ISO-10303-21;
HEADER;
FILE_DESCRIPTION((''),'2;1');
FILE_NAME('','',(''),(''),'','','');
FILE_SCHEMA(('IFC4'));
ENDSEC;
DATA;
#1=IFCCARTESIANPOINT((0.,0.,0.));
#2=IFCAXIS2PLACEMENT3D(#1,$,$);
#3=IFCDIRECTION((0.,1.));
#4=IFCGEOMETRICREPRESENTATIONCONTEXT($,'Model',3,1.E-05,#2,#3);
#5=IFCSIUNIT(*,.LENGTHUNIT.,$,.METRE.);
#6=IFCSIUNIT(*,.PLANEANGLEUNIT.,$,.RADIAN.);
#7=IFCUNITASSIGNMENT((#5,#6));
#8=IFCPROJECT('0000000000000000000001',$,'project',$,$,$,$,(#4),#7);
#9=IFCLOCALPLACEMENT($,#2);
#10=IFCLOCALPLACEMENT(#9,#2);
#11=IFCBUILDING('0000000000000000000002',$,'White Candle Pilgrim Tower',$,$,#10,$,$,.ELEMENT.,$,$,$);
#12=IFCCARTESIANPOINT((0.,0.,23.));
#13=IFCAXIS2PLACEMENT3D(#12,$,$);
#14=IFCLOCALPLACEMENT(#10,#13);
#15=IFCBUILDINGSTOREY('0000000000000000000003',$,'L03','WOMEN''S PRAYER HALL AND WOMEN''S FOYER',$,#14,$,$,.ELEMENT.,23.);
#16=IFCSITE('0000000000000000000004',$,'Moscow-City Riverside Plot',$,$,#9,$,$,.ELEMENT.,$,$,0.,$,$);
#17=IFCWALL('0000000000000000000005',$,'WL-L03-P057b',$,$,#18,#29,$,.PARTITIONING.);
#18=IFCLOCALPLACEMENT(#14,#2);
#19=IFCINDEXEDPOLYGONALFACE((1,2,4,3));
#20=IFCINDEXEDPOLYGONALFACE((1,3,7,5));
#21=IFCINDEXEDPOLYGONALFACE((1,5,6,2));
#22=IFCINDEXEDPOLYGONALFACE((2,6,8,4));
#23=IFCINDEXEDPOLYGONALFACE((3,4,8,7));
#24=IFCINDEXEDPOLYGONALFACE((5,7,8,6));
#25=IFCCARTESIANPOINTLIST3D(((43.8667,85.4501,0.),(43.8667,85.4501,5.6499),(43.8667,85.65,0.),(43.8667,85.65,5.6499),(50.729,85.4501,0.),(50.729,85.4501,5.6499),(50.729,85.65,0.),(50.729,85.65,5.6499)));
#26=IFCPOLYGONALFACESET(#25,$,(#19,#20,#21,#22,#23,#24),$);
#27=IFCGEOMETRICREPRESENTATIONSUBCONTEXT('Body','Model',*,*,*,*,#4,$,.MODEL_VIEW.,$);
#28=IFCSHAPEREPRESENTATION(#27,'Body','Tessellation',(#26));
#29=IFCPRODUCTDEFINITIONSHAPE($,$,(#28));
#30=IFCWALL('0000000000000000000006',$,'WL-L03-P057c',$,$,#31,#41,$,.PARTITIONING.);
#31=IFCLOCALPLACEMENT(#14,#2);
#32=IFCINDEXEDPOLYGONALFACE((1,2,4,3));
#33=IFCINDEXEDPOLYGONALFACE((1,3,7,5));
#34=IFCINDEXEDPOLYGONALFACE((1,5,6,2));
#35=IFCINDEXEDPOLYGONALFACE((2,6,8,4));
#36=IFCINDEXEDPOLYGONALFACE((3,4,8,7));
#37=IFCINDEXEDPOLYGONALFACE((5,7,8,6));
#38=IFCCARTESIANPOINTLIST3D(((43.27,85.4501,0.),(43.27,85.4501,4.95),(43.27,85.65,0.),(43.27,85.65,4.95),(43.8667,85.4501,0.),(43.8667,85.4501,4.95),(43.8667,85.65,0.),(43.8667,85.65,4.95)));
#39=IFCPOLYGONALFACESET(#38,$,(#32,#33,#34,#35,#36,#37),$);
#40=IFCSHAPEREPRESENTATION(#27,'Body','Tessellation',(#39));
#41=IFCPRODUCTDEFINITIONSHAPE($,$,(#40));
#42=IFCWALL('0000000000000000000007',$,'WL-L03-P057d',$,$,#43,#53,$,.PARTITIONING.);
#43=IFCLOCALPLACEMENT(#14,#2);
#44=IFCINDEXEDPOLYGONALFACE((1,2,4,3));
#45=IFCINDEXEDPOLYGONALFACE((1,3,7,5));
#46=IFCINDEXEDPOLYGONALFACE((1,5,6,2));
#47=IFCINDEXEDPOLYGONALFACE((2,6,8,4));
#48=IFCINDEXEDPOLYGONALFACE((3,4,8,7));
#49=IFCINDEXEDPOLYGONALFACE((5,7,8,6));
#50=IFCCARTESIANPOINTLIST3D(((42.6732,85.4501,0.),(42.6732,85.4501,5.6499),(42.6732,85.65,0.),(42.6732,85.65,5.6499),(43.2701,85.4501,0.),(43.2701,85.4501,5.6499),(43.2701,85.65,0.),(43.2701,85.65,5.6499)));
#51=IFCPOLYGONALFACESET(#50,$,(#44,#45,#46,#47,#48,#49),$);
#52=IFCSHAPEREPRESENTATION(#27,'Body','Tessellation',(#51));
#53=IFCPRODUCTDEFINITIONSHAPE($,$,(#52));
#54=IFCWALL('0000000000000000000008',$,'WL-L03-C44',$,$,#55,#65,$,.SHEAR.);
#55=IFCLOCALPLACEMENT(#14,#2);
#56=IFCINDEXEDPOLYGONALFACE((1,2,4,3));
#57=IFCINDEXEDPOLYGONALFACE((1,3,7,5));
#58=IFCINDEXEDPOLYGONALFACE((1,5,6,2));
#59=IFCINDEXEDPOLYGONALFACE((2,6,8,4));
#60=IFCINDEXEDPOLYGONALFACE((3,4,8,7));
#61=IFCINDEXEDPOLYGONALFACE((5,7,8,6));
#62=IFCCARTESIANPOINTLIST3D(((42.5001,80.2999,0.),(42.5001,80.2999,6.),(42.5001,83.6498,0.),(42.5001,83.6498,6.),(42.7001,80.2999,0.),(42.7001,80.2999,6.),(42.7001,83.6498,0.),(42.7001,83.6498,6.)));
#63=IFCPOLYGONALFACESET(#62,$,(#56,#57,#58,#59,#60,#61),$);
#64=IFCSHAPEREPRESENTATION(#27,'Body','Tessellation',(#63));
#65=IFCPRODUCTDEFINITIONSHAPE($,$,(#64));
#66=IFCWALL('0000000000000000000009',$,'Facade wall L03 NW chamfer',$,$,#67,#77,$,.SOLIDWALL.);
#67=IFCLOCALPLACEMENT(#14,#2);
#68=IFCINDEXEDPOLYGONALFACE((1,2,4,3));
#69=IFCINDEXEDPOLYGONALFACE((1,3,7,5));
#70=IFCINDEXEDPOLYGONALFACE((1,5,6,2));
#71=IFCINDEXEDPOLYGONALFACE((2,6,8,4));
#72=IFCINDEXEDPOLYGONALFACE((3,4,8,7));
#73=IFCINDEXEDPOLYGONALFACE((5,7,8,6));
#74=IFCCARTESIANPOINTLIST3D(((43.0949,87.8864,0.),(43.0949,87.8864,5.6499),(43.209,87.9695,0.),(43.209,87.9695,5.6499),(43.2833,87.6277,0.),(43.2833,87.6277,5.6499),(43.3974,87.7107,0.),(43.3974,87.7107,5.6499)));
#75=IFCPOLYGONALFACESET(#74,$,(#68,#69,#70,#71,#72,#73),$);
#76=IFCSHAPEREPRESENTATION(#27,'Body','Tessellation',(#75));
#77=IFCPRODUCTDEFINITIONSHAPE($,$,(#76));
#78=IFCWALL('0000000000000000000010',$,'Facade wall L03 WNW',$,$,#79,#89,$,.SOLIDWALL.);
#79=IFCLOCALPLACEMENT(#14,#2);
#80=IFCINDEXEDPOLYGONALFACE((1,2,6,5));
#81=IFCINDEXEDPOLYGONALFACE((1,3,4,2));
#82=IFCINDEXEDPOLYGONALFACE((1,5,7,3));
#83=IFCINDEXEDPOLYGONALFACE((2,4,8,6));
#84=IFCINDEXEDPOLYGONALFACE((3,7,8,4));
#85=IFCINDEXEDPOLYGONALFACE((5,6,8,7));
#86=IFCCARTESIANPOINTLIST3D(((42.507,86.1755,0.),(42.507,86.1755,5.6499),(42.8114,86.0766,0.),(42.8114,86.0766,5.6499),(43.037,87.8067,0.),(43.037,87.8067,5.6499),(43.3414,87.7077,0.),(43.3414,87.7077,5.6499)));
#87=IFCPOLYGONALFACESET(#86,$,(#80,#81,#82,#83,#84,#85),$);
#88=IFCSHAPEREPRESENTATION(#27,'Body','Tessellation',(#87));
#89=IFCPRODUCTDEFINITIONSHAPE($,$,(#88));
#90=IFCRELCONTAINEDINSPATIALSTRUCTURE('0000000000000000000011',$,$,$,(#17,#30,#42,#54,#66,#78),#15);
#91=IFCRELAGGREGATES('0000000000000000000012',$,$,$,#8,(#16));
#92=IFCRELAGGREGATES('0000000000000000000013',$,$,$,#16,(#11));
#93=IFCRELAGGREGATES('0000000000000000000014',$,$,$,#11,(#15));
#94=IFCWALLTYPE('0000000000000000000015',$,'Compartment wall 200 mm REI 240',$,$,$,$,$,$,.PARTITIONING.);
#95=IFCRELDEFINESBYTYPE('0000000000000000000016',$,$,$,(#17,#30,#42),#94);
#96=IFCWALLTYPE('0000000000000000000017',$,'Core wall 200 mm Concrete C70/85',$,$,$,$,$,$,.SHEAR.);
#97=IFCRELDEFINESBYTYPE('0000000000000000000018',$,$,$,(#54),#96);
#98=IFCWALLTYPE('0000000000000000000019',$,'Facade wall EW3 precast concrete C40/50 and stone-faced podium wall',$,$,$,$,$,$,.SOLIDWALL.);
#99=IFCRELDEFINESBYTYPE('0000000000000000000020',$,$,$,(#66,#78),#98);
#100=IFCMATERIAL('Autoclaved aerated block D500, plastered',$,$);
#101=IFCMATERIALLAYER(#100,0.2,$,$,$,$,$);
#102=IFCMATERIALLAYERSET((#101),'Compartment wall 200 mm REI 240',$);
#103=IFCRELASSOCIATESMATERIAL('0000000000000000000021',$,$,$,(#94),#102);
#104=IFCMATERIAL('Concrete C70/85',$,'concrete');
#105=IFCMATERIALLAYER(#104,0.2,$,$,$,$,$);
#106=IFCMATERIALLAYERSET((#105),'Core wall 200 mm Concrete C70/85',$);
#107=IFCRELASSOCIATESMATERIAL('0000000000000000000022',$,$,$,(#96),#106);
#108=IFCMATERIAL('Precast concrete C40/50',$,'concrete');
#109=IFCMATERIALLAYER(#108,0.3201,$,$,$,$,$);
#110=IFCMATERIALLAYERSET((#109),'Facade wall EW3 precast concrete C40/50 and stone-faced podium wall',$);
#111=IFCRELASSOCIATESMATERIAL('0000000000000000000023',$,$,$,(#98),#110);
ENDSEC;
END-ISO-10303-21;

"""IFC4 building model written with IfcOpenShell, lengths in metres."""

from ifc_helpers import new_model, si_unit, direction, frame, frame_2d, origin, place, context, subcontext, project, spatial, rectangle, extrude, material, layer, layer_set, type_object, element, save


model = new_model("IFC4")

# Units and contexts
model_context = context("Model", 3, precision=1e-05, world=origin(), true_north=direction((0.0, 1.0)))
body_context = subcontext(model_context, "Body", "Model", "MODEL_VIEW")
ifc_project = project(units=[si_unit("LENGTHUNIT", "METRE"), si_unit("PLANEANGLEUNIT", "RADIAN")], contexts=[model_context])

# Site, building, storey
site_placement = place(None, origin())
site = spatial("IfcSite", under=ifc_project, at=site_placement, Name="Moscow-City Riverside Plot", CompositionType="ELEMENT", RefElevation=0.0)
building_placement = place(site_placement, origin())
building = spatial("IfcBuilding", under=site, at=building_placement, Name="White Candle Pilgrim Tower", CompositionType="ELEMENT")
storey_placement = place(building_placement, frame((0.0, 0.0, 23.0)))
storey = spatial("IfcBuildingStorey", under=building, at=storey_placement, Name="L03", Description="WOMEN'S PRAYER HALL AND WOMEN'S FOYER", CompositionType="ELEMENT", Elevation=23.0)

# Walls
ifc_material_1 = material(Name="Autoclaved aerated block D500, plastered")
ifc_layer_1 = layer(ifc_material_1, 0.2)
ifc_layer_set_1 = layer_set([ifc_layer_1], Name="Compartment wall 200 mm REI 240")
wall_type_1 = type_object("IfcWallType", Name="Compartment wall 200 mm REI 240", PredefinedType="PARTITIONING", material=ifc_layer_set_1)
wall_1_placement = place(storey_placement, frame((50.729, 85.55, 0.0), z_axis=(0.0, 0.0, 1.0), x_axis=(-1.0, 0.0, 0.0)))
element("IfcWall", 1, at=wall_1_placement, inside=storey, type_object=wall_type_1, Name="WL-L03-P057b", PredefinedType="PARTITIONING", context=body_context, shape_type="SweptSolid", body=[
    extrude(rectangle(XDim=6.8623, YDim=0.2, at=frame_2d((3.4312, 0.0))), origin(), (0.0, 0.0, 1.0), 5.6499),
])
wall_2_placement = place(storey_placement, frame((43.8667, 85.55, 0.0), z_axis=(0.0, 0.0, 1.0), x_axis=(-1.0, 0.0, 0.0)))
element("IfcWall", 2, at=wall_2_placement, inside=storey, type_object=wall_type_1, Name="WL-L03-P057c", PredefinedType="PARTITIONING", context=body_context, shape_type="SweptSolid", body=[
    extrude(rectangle(XDim=0.5967, YDim=0.2, at=frame_2d((0.2983, 0.0))), origin(), (0.0, 0.0, 1.0), 4.95),
])
wall_3_placement = place(storey_placement, frame((43.27, 85.55, 0.0), z_axis=(0.0, 0.0, 1.0), x_axis=(-1.0, 0.0, 0.0)))
element("IfcWall", 3, at=wall_3_placement, inside=storey, type_object=wall_type_1, Name="WL-L03-P057d", PredefinedType="PARTITIONING", context=body_context, shape_type="SweptSolid", body=[
    extrude(rectangle(XDim=0.5969, YDim=0.2, at=frame_2d((0.2983, 0.0))), origin(), (0.0, 0.0, 1.0), 5.6499),
])
ifc_material_2 = material(Name="Concrete C70/85", Category="concrete")
ifc_layer_2 = layer(ifc_material_2, 0.2)
ifc_layer_set_2 = layer_set([ifc_layer_2], Name="Core wall 200 mm Concrete C70/85")
wall_type_2 = type_object("IfcWallType", Name="Core wall 200 mm Concrete C70/85", PredefinedType="SHEAR", material=ifc_layer_set_2)
wall_4_placement = place(storey_placement, frame((42.6001, 80.3, 0.0), z_axis=(0.0, 0.0, 1.0), x_axis=(0.0, 1.0, 0.0)))
element("IfcWall", 4, at=wall_4_placement, inside=storey, type_object=wall_type_2, Name="WL-L03-C44", PredefinedType="SHEAR", context=body_context, shape_type="SweptSolid", body=[
    extrude(rectangle(XDim=3.3499, YDim=0.2, at=frame_2d((1.6748, 0.0))), origin(), (0.0, 0.0, 1.0), 6.0),
])
ifc_material_3 = material(Name="Precast concrete C40/50", Category="concrete")
ifc_layer_3 = layer(ifc_material_3, 0.3201)
ifc_layer_set_3 = layer_set([ifc_layer_3], Name="Facade wall EW3 precast concrete C40/50 and stone-faced podium wall")
wall_type_3 = type_object("IfcWallType", Name="Facade wall EW3 precast concrete C40/50 and stone-faced podium wall", PredefinedType="SOLIDWALL", material=ifc_layer_set_3)
wall_5_placement = place(storey_placement, frame((43.3032, 87.8401, 0.0), z_axis=(0.0, 0.0, 1.0), x_axis=(-0.808437, -0.588583, 0.0)))
element("IfcWall", 5, at=wall_5_placement, inside=storey, type_object=wall_type_3, Name="Facade wall L03 NW chamfer", PredefinedType="SOLIDWALL", context=body_context, shape_type="SweptSolid", body=[
    extrude(rectangle(XDim=0.1411, YDim=0.3201, at=frame_2d((0.0706, 0.0))), origin(), (0.0, 0.0, 1.0), 5.6499),
])
wall_6_placement = place(storey_placement, frame((43.1892, 87.7571, 0.0), z_axis=(0.0, 0.0, 1.0), x_axis=(-0.309044, -0.951048, 0.0)))
element("IfcWall", 6, at=wall_6_placement, inside=storey, type_object=wall_type_3, Name="Facade wall L03 WNW", PredefinedType="SOLIDWALL", context=body_context, shape_type="SweptSolid", body=[
    extrude(rectangle(XDim=1.7151, YDim=0.3201, at=frame_2d((0.8574, 0.0))), origin(), (0.0, 0.0, 1.0), 5.6499),
])

save(model, "model.ifc")
